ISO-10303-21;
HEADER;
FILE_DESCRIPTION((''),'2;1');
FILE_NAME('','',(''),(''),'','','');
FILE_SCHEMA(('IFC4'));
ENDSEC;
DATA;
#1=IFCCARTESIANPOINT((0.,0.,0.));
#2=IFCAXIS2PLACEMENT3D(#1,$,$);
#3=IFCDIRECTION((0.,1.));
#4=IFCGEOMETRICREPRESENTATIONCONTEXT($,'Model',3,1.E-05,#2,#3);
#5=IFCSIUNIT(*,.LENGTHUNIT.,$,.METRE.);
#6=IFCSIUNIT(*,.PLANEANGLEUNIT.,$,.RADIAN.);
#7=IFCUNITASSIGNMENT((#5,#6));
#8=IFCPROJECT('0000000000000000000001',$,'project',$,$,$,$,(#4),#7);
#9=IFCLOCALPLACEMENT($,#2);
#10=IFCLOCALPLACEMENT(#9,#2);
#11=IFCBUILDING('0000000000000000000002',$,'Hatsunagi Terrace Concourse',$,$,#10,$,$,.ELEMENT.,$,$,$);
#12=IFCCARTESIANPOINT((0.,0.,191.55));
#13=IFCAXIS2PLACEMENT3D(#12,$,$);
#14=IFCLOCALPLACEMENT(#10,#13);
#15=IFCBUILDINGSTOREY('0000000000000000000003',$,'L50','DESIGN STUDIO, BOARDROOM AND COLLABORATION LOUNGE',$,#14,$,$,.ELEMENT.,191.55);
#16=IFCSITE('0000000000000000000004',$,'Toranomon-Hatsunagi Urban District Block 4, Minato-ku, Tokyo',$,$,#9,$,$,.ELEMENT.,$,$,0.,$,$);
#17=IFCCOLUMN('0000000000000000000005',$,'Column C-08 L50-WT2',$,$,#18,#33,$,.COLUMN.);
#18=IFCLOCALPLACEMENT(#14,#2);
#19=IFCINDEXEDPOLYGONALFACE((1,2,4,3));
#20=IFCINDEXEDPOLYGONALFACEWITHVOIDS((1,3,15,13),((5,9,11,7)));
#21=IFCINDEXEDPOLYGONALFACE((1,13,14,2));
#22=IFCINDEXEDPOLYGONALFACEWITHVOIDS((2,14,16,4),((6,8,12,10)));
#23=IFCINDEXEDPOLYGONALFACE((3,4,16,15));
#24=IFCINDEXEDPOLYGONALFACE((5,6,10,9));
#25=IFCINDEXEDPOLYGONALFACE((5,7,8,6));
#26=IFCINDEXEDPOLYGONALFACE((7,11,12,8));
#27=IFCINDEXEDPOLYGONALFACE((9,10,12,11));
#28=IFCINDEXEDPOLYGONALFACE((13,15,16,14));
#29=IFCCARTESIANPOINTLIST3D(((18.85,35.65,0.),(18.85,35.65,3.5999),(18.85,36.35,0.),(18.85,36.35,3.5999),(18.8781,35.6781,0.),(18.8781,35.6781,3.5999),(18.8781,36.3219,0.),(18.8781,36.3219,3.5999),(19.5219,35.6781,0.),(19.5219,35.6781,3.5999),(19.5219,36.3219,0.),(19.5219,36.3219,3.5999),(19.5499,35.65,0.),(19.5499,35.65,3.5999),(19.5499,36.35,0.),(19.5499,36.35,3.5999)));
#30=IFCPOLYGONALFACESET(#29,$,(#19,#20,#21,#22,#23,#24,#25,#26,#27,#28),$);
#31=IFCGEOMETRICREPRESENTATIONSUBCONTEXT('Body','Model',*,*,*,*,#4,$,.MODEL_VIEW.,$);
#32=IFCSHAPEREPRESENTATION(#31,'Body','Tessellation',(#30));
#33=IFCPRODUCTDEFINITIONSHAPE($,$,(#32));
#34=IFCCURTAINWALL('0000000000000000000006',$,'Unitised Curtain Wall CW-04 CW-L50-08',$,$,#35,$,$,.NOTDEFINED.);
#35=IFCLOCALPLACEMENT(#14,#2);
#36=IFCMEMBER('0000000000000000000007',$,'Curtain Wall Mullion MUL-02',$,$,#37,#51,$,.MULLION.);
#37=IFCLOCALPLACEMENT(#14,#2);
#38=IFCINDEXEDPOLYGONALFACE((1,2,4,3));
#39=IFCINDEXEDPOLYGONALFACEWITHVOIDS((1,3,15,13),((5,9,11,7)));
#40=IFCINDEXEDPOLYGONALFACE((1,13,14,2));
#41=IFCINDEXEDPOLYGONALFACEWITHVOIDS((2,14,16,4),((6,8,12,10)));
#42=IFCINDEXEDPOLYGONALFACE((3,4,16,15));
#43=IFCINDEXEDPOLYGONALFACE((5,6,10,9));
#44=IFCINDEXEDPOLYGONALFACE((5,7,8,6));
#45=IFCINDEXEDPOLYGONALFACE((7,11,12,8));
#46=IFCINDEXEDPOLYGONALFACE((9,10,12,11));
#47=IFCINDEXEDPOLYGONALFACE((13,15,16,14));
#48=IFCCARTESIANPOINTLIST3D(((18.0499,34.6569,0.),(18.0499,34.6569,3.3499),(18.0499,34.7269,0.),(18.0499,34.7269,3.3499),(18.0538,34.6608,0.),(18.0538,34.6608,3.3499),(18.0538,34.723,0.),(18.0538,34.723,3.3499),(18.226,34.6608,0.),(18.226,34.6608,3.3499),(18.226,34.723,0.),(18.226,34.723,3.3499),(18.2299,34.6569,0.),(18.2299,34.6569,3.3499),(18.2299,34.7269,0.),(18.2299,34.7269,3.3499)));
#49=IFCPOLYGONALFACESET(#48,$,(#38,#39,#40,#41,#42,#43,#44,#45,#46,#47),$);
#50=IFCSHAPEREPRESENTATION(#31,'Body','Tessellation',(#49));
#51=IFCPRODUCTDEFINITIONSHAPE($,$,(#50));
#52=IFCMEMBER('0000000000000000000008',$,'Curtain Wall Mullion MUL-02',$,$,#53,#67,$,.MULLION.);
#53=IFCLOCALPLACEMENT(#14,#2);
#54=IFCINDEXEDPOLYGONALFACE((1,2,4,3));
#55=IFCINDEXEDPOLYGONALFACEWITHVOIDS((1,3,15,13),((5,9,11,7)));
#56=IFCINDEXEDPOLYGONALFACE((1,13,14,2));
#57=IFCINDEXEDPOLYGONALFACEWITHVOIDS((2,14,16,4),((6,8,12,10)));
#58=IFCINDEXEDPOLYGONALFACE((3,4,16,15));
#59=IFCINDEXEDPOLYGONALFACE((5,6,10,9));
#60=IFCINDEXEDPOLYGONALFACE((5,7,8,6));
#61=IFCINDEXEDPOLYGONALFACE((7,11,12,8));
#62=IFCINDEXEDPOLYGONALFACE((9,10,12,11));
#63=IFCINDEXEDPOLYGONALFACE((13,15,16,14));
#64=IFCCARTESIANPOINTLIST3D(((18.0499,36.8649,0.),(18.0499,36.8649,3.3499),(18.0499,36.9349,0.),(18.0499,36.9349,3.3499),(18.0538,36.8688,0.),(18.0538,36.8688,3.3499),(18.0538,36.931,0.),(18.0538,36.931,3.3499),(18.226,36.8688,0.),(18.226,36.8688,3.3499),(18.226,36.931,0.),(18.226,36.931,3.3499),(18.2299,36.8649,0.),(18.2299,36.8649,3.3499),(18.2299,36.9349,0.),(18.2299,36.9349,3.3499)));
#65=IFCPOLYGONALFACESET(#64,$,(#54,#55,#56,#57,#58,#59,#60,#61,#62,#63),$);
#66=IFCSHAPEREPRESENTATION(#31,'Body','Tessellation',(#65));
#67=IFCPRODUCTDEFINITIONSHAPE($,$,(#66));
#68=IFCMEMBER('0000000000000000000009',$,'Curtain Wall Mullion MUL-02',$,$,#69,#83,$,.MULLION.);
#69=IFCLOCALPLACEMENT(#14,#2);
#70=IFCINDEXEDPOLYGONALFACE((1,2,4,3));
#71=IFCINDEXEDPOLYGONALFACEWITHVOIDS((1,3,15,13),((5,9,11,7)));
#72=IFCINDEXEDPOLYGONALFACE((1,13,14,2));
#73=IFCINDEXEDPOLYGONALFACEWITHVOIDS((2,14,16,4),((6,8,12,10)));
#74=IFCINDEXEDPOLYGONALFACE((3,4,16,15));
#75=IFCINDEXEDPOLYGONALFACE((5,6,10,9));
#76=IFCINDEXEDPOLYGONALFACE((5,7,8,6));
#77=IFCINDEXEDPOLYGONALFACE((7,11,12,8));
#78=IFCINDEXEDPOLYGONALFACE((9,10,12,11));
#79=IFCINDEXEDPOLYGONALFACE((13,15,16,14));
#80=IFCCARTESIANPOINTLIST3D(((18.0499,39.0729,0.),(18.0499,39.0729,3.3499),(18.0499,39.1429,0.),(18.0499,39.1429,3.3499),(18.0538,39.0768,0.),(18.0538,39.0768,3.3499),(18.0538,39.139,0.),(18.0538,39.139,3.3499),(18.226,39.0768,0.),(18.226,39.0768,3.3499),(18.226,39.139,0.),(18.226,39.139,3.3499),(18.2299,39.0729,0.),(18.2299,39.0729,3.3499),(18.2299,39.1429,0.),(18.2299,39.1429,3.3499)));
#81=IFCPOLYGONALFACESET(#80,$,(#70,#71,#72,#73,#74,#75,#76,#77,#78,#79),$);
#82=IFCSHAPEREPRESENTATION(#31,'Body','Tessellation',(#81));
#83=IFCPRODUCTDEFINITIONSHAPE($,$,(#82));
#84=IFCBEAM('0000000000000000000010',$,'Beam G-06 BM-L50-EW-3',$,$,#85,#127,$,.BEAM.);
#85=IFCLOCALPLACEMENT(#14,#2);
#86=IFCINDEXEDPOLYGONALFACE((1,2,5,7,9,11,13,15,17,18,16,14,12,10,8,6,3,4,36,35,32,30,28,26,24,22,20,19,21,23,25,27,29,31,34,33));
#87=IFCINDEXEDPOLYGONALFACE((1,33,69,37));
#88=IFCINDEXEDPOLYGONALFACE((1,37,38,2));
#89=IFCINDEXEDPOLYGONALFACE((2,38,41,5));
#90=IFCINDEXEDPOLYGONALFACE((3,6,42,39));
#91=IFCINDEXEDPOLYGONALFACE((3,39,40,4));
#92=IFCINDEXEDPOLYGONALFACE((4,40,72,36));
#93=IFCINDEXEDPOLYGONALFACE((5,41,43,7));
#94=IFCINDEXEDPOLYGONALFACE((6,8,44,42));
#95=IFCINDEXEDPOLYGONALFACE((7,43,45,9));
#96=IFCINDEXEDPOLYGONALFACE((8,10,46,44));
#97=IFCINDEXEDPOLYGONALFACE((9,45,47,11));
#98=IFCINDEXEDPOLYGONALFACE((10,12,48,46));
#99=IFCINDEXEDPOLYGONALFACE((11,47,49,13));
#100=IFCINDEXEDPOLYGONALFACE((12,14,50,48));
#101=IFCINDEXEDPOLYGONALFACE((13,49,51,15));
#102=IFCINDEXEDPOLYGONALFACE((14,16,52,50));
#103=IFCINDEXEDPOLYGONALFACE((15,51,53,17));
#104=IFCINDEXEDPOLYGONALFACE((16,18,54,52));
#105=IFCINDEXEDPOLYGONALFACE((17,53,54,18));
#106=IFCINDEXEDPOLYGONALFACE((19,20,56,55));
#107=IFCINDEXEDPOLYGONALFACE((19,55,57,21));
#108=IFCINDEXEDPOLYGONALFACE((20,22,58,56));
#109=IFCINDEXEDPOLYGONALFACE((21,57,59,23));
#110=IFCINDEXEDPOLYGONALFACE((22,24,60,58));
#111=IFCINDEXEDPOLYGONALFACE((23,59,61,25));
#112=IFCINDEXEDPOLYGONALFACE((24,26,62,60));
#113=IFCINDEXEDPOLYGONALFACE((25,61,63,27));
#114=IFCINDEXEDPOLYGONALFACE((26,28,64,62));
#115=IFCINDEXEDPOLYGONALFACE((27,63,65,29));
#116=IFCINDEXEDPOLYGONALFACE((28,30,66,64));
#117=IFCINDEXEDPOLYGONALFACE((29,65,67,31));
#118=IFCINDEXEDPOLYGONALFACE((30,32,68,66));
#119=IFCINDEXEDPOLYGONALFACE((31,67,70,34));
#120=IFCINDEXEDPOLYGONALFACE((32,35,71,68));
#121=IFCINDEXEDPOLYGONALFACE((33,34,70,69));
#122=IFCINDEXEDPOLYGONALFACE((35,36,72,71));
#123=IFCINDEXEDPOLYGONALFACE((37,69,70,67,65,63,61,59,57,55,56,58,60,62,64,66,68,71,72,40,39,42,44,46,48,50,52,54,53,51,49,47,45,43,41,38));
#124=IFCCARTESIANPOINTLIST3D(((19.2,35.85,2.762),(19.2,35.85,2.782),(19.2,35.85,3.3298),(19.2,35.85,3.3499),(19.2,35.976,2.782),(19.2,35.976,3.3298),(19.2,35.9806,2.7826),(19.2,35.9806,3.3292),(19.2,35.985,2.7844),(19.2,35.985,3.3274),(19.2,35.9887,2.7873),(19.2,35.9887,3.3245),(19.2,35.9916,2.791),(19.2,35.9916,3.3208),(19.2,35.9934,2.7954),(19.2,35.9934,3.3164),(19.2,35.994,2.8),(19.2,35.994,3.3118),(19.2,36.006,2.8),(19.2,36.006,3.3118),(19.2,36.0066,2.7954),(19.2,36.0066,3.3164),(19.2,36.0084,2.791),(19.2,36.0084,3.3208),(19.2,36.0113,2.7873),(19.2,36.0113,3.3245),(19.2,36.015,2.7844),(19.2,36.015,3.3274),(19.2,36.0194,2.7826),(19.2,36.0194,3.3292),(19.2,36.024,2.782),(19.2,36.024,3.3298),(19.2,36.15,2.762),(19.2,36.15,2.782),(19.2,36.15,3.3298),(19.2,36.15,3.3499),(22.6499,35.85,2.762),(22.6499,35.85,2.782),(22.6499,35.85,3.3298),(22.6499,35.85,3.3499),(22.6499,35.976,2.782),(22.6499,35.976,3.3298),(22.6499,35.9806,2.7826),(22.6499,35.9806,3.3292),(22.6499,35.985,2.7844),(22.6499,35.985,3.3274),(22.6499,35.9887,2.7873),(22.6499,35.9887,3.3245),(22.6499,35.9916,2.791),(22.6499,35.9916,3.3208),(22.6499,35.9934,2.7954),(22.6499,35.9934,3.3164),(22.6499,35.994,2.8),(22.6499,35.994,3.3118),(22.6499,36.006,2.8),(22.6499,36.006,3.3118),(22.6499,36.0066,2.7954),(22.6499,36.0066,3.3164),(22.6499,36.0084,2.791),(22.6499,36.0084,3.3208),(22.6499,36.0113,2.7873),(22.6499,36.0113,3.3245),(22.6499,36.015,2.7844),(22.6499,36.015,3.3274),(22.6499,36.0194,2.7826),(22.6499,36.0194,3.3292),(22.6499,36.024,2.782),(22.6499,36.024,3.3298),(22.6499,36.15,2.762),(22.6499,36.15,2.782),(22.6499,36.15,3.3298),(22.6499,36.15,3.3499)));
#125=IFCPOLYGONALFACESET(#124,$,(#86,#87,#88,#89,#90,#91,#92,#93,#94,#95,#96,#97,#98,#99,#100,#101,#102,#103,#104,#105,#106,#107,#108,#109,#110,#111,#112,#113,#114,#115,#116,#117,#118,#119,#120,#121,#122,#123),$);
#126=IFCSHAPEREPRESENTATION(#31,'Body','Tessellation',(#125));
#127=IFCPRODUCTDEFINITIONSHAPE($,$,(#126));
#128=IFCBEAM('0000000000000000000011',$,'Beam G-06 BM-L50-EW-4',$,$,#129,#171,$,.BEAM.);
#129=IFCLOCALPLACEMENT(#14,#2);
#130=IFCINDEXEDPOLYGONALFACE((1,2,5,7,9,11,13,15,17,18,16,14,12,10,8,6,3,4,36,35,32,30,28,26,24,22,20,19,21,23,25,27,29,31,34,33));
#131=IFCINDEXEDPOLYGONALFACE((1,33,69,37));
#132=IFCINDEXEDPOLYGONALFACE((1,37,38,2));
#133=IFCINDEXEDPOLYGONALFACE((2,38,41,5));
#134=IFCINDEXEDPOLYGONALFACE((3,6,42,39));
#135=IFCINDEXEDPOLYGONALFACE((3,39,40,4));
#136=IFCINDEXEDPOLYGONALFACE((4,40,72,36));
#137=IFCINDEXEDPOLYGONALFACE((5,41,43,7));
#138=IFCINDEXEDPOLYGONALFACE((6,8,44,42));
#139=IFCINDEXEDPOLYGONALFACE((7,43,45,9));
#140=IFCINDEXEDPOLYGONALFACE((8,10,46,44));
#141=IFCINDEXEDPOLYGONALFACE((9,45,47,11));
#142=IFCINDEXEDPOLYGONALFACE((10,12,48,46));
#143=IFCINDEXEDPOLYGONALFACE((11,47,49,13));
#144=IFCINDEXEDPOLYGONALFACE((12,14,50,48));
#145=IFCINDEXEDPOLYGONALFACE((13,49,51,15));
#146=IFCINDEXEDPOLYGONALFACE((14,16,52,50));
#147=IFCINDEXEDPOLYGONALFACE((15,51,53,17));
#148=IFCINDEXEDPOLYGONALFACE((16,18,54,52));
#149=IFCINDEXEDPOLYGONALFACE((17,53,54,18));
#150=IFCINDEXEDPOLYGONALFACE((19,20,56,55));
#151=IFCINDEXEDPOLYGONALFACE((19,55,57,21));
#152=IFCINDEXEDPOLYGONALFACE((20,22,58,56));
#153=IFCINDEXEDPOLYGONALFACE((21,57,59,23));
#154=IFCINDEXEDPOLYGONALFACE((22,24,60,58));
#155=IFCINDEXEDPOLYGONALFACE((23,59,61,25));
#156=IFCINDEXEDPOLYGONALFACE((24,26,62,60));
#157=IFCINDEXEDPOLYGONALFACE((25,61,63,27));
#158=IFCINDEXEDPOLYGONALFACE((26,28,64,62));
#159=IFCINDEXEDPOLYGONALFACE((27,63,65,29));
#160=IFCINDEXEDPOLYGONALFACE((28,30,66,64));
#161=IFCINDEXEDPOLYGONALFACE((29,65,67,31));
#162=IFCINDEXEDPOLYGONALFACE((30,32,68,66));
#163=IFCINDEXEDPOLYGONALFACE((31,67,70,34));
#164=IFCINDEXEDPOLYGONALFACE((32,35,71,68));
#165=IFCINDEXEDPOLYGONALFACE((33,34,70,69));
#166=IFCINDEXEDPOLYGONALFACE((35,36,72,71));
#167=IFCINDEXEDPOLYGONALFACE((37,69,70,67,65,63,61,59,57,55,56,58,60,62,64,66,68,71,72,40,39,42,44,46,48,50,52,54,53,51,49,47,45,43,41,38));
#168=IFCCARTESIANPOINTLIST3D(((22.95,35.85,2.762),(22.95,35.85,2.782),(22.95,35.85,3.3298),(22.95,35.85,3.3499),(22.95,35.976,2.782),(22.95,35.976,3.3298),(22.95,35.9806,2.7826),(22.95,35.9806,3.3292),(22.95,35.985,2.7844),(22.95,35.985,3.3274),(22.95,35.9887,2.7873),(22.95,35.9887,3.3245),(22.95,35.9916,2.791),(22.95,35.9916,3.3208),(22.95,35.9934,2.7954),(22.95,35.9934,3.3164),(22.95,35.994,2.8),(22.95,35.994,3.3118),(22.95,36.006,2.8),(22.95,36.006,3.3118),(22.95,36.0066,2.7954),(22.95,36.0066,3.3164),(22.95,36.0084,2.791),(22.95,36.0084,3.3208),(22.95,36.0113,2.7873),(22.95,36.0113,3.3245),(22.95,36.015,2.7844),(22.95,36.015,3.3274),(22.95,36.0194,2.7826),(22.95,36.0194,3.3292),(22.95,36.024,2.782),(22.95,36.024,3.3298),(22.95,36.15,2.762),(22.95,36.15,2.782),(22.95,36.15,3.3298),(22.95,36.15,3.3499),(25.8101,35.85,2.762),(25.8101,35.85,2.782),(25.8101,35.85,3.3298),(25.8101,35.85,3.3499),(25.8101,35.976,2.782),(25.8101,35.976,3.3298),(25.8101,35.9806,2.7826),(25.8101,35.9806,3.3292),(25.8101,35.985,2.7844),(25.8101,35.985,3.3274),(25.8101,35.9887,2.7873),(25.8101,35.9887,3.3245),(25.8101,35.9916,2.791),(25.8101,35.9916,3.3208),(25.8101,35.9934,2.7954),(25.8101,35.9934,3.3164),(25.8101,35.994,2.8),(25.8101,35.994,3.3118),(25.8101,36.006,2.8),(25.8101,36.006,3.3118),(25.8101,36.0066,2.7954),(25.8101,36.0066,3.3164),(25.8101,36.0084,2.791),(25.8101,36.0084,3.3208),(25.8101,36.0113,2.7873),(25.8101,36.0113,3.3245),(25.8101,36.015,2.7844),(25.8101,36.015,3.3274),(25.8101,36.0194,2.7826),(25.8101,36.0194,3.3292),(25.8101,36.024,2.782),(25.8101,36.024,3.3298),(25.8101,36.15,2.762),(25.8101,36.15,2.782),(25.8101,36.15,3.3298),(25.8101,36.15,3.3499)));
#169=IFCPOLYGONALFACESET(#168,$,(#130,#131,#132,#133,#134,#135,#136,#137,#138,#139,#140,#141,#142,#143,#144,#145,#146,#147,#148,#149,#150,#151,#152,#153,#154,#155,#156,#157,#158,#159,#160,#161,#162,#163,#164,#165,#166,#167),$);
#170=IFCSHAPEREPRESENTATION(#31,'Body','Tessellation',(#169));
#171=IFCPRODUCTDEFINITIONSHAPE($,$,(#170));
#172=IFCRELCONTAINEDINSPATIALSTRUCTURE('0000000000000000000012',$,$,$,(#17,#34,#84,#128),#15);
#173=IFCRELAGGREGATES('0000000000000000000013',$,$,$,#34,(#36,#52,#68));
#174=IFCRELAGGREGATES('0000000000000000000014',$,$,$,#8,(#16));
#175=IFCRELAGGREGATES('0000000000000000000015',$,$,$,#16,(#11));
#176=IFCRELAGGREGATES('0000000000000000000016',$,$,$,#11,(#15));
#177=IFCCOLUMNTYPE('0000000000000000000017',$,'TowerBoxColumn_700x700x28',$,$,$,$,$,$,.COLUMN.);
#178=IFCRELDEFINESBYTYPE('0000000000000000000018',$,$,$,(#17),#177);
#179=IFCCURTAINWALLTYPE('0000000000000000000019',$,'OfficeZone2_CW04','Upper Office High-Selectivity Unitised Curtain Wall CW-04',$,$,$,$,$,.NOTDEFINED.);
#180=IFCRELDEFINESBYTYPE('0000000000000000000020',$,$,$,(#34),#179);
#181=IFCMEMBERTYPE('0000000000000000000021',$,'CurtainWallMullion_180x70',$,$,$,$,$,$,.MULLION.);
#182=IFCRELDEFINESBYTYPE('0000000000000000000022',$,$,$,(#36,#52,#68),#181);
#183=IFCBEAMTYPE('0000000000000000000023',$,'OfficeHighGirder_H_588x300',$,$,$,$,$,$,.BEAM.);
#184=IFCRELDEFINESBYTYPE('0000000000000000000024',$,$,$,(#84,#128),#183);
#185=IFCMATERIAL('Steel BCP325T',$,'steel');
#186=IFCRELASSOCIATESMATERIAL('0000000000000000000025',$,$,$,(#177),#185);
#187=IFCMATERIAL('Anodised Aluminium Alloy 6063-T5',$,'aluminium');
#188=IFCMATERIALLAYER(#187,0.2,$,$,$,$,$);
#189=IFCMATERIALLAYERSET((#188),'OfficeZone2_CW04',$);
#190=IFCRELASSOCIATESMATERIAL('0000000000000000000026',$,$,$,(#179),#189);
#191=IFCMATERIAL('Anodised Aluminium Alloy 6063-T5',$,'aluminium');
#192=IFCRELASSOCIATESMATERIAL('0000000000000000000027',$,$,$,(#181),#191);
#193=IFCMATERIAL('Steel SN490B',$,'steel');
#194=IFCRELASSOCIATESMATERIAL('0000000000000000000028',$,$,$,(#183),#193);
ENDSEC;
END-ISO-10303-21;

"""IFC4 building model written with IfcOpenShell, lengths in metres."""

from ifc_helpers import new_model, si_unit, direction, frame, origin, origin_2d, place, context, subcontext, project, spatial, hollow_rectangle, i_section, extrude, material, layer, layer_set, material_profile, profile_set, type_object, element, aggregate, save


model = new_model("IFC4")

# Units and contexts
model_context = context("Model", 3, precision=1e-05, world=origin(), true_north=direction((0.0, 1.0)))
body_context = subcontext(model_context, "Body", "Model", "MODEL_VIEW")
ifc_project = project(units=[si_unit("LENGTHUNIT", "METRE"), si_unit("PLANEANGLEUNIT", "RADIAN")], contexts=[model_context])

# Site, building, storey
site_placement = place(None, origin())
site = spatial("IfcSite", under=ifc_project, at=site_placement, Name="Toranomon-Hatsunagi Urban District Block 4, Minato-ku, Tokyo", CompositionType="ELEMENT", RefElevation=0.0)
building_placement = place(site_placement, origin())
building = spatial("IfcBuilding", under=site, at=building_placement, Name="Hatsunagi Terrace Concourse", CompositionType="ELEMENT")
storey_placement = place(building_placement, frame((0.0, 0.0, 191.55)))
storey = spatial("IfcBuildingStorey", under=building, at=storey_placement, Name="L50", Description="DESIGN STUDIO, BOARDROOM AND COLLABORATION LOUNGE", CompositionType="ELEMENT", Elevation=191.55)

# Column
ifc_material_1 = material(Name="Steel BCP325T", Category="steel")
ifc_material_profile_1 = material_profile(ifc_material_1, hollow_rectangle(XDim=0.7, YDim=0.7, WallThickness=0.0281, at=origin_2d()), Name="BCP-700x700x28")
ifc_profile_set_1 = profile_set([ifc_material_profile_1], Name="Steel BCP325T")
column_type = type_object("IfcColumnType", Name="TowerBoxColumn_700x700x28", PredefinedType="COLUMN", material=ifc_profile_set_1)
column_placement = place(storey_placement, frame((19.2, 36.0, 0.0), z_axis=(0.0, 0.0, 1.0), x_axis=(1.0, 0.0, 0.0)))
element("IfcColumn", 1, at=column_placement, inside=storey, type_object=column_type, Name="Column C-08 L50-WT2", PredefinedType="COLUMN", context=body_context, shape_type="SweptSolid", body=[
    extrude(hollow_rectangle(XDim=0.7, YDim=0.7, WallThickness=0.0281, at=origin_2d()), origin(), (0.0, 0.0, 1.0), 3.5999),
])

# Curtain wall, members
ifc_material_2 = material(Name="Anodised Aluminium Alloy 6063-T5", Category="aluminium")
ifc_layer_1 = layer(ifc_material_2, 0.2)
ifc_layer_set_1 = layer_set([ifc_layer_1], Name="OfficeZone2_CW04")
curtain_wall_type = type_object("IfcCurtainWallType", Name="OfficeZone2_CW04", Description="Upper Office High-Selectivity Unitised Curtain Wall CW-04", PredefinedType="NOTDEFINED", material=ifc_layer_set_1)
curtain_wall_placement = place(storey_placement, origin())
curtain_wall = element("IfcCurtainWall", 2, at=curtain_wall_placement, inside=storey, type_object=curtain_wall_type, Name="Unitised Curtain Wall CW-04 CW-L50-08", PredefinedType="NOTDEFINED")
ifc_material_3 = material(Name="Anodised Aluminium Alloy 6063-T5", Category="aluminium")
ifc_material_profile_2 = material_profile(ifc_material_3, hollow_rectangle(XDim=0.0701, YDim=0.1799, WallThickness=0.0039, at=origin_2d()), Name="ALU-MUL-180x70x4")
ifc_profile_set_2 = profile_set([ifc_material_profile_2], Name="Anodised Aluminium Alloy 6063-T5")
member_type = type_object("IfcMemberType", Name="CurtainWallMullion_180x70", PredefinedType="MULLION", material=ifc_profile_set_2)
member_1_placement = place(storey_placement, frame((18.1399, 34.6919, 0.0), z_axis=(0.0, 0.0, 1.0), x_axis=(0.0, 1.0, 0.0)))
member_1 = element("IfcMember", 3, at=member_1_placement, type_object=member_type, Name="Curtain Wall Mullion MUL-02", PredefinedType="MULLION", context=body_context, shape_type="SweptSolid", body=[
    extrude(hollow_rectangle(XDim=0.0701, YDim=0.1799, WallThickness=0.0039, at=origin_2d()), origin(), (0.0, 0.0, 1.0), 3.3499),
])
member_2_placement = place(storey_placement, frame((18.1399, 36.8999, 0.0), z_axis=(0.0, 0.0, 1.0), x_axis=(0.0, 1.0, 0.0)))
member_2 = element("IfcMember", 4, at=member_2_placement, type_object=member_type, Name="Curtain Wall Mullion MUL-02", PredefinedType="MULLION", context=body_context, shape_type="SweptSolid", body=[
    extrude(hollow_rectangle(XDim=0.0701, YDim=0.1799, WallThickness=0.0039, at=origin_2d()), origin(), (0.0, 0.0, 1.0), 3.3499),
])
member_3_placement = place(storey_placement, frame((18.1399, 39.1079, 0.0), z_axis=(0.0, 0.0, 1.0), x_axis=(0.0, 1.0, 0.0)))
member_3 = element("IfcMember", 5, at=member_3_placement, type_object=member_type, Name="Curtain Wall Mullion MUL-02", PredefinedType="MULLION", context=body_context, shape_type="SweptSolid", body=[
    extrude(hollow_rectangle(XDim=0.0701, YDim=0.1799, WallThickness=0.0039, at=origin_2d()), origin(), (0.0, 0.0, 1.0), 3.3499),
])

# Beams
ifc_material_4 = material(Name="Steel SN490B", Category="steel")
ifc_material_profile_3 = material_profile(ifc_material_4, i_section(OverallWidth=0.3, OverallDepth=0.5879, WebThickness=0.012, FlangeThickness=0.02, FilletRadius=0.0181, at=origin_2d()), Name="H-588x300x12x20")
ifc_profile_set_3 = profile_set([ifc_material_profile_3], Name="Steel SN490B")
beam_type_1 = type_object("IfcBeamType", Name="OfficeHighGirder_H_588x300", PredefinedType="BEAM", material=ifc_profile_set_3)
beam_1_placement = place(storey_placement, frame((19.2, 36.0, 3.0559), z_axis=(1.0, 0.0, 0.0), x_axis=(0.0, 1.0, 0.0)))
element("IfcBeam", 6, at=beam_1_placement, inside=storey, type_object=beam_type_1, Name="Beam G-06 BM-L50-EW-3", PredefinedType="BEAM", context=body_context, shape_type="SweptSolid", body=[
    extrude(i_section(OverallWidth=0.3, OverallDepth=0.5879, WebThickness=0.012, FlangeThickness=0.02, FilletRadius=0.0181, at=origin_2d()), origin(), (0.0, 0.0, 1.0), 3.45),
])
beam_2_placement = place(storey_placement, frame((22.95, 36.0, 3.0559), z_axis=(1.0, 0.0, 0.0), x_axis=(0.0, 1.0, 0.0)))
element("IfcBeam", 7, at=beam_2_placement, inside=storey, type_object=beam_type_1, Name="Beam G-06 BM-L50-EW-4", PredefinedType="BEAM", context=body_context, shape_type="SweptSolid", body=[
    extrude(i_section(OverallWidth=0.3, OverallDepth=0.5879, WebThickness=0.012, FlangeThickness=0.02, FilletRadius=0.0181, at=origin_2d()), origin(), (0.0, 0.0, 1.0), 2.8601),
])

aggregate(curtain_wall, [member_1, member_2, member_3])

save(model, "model.ifc")
